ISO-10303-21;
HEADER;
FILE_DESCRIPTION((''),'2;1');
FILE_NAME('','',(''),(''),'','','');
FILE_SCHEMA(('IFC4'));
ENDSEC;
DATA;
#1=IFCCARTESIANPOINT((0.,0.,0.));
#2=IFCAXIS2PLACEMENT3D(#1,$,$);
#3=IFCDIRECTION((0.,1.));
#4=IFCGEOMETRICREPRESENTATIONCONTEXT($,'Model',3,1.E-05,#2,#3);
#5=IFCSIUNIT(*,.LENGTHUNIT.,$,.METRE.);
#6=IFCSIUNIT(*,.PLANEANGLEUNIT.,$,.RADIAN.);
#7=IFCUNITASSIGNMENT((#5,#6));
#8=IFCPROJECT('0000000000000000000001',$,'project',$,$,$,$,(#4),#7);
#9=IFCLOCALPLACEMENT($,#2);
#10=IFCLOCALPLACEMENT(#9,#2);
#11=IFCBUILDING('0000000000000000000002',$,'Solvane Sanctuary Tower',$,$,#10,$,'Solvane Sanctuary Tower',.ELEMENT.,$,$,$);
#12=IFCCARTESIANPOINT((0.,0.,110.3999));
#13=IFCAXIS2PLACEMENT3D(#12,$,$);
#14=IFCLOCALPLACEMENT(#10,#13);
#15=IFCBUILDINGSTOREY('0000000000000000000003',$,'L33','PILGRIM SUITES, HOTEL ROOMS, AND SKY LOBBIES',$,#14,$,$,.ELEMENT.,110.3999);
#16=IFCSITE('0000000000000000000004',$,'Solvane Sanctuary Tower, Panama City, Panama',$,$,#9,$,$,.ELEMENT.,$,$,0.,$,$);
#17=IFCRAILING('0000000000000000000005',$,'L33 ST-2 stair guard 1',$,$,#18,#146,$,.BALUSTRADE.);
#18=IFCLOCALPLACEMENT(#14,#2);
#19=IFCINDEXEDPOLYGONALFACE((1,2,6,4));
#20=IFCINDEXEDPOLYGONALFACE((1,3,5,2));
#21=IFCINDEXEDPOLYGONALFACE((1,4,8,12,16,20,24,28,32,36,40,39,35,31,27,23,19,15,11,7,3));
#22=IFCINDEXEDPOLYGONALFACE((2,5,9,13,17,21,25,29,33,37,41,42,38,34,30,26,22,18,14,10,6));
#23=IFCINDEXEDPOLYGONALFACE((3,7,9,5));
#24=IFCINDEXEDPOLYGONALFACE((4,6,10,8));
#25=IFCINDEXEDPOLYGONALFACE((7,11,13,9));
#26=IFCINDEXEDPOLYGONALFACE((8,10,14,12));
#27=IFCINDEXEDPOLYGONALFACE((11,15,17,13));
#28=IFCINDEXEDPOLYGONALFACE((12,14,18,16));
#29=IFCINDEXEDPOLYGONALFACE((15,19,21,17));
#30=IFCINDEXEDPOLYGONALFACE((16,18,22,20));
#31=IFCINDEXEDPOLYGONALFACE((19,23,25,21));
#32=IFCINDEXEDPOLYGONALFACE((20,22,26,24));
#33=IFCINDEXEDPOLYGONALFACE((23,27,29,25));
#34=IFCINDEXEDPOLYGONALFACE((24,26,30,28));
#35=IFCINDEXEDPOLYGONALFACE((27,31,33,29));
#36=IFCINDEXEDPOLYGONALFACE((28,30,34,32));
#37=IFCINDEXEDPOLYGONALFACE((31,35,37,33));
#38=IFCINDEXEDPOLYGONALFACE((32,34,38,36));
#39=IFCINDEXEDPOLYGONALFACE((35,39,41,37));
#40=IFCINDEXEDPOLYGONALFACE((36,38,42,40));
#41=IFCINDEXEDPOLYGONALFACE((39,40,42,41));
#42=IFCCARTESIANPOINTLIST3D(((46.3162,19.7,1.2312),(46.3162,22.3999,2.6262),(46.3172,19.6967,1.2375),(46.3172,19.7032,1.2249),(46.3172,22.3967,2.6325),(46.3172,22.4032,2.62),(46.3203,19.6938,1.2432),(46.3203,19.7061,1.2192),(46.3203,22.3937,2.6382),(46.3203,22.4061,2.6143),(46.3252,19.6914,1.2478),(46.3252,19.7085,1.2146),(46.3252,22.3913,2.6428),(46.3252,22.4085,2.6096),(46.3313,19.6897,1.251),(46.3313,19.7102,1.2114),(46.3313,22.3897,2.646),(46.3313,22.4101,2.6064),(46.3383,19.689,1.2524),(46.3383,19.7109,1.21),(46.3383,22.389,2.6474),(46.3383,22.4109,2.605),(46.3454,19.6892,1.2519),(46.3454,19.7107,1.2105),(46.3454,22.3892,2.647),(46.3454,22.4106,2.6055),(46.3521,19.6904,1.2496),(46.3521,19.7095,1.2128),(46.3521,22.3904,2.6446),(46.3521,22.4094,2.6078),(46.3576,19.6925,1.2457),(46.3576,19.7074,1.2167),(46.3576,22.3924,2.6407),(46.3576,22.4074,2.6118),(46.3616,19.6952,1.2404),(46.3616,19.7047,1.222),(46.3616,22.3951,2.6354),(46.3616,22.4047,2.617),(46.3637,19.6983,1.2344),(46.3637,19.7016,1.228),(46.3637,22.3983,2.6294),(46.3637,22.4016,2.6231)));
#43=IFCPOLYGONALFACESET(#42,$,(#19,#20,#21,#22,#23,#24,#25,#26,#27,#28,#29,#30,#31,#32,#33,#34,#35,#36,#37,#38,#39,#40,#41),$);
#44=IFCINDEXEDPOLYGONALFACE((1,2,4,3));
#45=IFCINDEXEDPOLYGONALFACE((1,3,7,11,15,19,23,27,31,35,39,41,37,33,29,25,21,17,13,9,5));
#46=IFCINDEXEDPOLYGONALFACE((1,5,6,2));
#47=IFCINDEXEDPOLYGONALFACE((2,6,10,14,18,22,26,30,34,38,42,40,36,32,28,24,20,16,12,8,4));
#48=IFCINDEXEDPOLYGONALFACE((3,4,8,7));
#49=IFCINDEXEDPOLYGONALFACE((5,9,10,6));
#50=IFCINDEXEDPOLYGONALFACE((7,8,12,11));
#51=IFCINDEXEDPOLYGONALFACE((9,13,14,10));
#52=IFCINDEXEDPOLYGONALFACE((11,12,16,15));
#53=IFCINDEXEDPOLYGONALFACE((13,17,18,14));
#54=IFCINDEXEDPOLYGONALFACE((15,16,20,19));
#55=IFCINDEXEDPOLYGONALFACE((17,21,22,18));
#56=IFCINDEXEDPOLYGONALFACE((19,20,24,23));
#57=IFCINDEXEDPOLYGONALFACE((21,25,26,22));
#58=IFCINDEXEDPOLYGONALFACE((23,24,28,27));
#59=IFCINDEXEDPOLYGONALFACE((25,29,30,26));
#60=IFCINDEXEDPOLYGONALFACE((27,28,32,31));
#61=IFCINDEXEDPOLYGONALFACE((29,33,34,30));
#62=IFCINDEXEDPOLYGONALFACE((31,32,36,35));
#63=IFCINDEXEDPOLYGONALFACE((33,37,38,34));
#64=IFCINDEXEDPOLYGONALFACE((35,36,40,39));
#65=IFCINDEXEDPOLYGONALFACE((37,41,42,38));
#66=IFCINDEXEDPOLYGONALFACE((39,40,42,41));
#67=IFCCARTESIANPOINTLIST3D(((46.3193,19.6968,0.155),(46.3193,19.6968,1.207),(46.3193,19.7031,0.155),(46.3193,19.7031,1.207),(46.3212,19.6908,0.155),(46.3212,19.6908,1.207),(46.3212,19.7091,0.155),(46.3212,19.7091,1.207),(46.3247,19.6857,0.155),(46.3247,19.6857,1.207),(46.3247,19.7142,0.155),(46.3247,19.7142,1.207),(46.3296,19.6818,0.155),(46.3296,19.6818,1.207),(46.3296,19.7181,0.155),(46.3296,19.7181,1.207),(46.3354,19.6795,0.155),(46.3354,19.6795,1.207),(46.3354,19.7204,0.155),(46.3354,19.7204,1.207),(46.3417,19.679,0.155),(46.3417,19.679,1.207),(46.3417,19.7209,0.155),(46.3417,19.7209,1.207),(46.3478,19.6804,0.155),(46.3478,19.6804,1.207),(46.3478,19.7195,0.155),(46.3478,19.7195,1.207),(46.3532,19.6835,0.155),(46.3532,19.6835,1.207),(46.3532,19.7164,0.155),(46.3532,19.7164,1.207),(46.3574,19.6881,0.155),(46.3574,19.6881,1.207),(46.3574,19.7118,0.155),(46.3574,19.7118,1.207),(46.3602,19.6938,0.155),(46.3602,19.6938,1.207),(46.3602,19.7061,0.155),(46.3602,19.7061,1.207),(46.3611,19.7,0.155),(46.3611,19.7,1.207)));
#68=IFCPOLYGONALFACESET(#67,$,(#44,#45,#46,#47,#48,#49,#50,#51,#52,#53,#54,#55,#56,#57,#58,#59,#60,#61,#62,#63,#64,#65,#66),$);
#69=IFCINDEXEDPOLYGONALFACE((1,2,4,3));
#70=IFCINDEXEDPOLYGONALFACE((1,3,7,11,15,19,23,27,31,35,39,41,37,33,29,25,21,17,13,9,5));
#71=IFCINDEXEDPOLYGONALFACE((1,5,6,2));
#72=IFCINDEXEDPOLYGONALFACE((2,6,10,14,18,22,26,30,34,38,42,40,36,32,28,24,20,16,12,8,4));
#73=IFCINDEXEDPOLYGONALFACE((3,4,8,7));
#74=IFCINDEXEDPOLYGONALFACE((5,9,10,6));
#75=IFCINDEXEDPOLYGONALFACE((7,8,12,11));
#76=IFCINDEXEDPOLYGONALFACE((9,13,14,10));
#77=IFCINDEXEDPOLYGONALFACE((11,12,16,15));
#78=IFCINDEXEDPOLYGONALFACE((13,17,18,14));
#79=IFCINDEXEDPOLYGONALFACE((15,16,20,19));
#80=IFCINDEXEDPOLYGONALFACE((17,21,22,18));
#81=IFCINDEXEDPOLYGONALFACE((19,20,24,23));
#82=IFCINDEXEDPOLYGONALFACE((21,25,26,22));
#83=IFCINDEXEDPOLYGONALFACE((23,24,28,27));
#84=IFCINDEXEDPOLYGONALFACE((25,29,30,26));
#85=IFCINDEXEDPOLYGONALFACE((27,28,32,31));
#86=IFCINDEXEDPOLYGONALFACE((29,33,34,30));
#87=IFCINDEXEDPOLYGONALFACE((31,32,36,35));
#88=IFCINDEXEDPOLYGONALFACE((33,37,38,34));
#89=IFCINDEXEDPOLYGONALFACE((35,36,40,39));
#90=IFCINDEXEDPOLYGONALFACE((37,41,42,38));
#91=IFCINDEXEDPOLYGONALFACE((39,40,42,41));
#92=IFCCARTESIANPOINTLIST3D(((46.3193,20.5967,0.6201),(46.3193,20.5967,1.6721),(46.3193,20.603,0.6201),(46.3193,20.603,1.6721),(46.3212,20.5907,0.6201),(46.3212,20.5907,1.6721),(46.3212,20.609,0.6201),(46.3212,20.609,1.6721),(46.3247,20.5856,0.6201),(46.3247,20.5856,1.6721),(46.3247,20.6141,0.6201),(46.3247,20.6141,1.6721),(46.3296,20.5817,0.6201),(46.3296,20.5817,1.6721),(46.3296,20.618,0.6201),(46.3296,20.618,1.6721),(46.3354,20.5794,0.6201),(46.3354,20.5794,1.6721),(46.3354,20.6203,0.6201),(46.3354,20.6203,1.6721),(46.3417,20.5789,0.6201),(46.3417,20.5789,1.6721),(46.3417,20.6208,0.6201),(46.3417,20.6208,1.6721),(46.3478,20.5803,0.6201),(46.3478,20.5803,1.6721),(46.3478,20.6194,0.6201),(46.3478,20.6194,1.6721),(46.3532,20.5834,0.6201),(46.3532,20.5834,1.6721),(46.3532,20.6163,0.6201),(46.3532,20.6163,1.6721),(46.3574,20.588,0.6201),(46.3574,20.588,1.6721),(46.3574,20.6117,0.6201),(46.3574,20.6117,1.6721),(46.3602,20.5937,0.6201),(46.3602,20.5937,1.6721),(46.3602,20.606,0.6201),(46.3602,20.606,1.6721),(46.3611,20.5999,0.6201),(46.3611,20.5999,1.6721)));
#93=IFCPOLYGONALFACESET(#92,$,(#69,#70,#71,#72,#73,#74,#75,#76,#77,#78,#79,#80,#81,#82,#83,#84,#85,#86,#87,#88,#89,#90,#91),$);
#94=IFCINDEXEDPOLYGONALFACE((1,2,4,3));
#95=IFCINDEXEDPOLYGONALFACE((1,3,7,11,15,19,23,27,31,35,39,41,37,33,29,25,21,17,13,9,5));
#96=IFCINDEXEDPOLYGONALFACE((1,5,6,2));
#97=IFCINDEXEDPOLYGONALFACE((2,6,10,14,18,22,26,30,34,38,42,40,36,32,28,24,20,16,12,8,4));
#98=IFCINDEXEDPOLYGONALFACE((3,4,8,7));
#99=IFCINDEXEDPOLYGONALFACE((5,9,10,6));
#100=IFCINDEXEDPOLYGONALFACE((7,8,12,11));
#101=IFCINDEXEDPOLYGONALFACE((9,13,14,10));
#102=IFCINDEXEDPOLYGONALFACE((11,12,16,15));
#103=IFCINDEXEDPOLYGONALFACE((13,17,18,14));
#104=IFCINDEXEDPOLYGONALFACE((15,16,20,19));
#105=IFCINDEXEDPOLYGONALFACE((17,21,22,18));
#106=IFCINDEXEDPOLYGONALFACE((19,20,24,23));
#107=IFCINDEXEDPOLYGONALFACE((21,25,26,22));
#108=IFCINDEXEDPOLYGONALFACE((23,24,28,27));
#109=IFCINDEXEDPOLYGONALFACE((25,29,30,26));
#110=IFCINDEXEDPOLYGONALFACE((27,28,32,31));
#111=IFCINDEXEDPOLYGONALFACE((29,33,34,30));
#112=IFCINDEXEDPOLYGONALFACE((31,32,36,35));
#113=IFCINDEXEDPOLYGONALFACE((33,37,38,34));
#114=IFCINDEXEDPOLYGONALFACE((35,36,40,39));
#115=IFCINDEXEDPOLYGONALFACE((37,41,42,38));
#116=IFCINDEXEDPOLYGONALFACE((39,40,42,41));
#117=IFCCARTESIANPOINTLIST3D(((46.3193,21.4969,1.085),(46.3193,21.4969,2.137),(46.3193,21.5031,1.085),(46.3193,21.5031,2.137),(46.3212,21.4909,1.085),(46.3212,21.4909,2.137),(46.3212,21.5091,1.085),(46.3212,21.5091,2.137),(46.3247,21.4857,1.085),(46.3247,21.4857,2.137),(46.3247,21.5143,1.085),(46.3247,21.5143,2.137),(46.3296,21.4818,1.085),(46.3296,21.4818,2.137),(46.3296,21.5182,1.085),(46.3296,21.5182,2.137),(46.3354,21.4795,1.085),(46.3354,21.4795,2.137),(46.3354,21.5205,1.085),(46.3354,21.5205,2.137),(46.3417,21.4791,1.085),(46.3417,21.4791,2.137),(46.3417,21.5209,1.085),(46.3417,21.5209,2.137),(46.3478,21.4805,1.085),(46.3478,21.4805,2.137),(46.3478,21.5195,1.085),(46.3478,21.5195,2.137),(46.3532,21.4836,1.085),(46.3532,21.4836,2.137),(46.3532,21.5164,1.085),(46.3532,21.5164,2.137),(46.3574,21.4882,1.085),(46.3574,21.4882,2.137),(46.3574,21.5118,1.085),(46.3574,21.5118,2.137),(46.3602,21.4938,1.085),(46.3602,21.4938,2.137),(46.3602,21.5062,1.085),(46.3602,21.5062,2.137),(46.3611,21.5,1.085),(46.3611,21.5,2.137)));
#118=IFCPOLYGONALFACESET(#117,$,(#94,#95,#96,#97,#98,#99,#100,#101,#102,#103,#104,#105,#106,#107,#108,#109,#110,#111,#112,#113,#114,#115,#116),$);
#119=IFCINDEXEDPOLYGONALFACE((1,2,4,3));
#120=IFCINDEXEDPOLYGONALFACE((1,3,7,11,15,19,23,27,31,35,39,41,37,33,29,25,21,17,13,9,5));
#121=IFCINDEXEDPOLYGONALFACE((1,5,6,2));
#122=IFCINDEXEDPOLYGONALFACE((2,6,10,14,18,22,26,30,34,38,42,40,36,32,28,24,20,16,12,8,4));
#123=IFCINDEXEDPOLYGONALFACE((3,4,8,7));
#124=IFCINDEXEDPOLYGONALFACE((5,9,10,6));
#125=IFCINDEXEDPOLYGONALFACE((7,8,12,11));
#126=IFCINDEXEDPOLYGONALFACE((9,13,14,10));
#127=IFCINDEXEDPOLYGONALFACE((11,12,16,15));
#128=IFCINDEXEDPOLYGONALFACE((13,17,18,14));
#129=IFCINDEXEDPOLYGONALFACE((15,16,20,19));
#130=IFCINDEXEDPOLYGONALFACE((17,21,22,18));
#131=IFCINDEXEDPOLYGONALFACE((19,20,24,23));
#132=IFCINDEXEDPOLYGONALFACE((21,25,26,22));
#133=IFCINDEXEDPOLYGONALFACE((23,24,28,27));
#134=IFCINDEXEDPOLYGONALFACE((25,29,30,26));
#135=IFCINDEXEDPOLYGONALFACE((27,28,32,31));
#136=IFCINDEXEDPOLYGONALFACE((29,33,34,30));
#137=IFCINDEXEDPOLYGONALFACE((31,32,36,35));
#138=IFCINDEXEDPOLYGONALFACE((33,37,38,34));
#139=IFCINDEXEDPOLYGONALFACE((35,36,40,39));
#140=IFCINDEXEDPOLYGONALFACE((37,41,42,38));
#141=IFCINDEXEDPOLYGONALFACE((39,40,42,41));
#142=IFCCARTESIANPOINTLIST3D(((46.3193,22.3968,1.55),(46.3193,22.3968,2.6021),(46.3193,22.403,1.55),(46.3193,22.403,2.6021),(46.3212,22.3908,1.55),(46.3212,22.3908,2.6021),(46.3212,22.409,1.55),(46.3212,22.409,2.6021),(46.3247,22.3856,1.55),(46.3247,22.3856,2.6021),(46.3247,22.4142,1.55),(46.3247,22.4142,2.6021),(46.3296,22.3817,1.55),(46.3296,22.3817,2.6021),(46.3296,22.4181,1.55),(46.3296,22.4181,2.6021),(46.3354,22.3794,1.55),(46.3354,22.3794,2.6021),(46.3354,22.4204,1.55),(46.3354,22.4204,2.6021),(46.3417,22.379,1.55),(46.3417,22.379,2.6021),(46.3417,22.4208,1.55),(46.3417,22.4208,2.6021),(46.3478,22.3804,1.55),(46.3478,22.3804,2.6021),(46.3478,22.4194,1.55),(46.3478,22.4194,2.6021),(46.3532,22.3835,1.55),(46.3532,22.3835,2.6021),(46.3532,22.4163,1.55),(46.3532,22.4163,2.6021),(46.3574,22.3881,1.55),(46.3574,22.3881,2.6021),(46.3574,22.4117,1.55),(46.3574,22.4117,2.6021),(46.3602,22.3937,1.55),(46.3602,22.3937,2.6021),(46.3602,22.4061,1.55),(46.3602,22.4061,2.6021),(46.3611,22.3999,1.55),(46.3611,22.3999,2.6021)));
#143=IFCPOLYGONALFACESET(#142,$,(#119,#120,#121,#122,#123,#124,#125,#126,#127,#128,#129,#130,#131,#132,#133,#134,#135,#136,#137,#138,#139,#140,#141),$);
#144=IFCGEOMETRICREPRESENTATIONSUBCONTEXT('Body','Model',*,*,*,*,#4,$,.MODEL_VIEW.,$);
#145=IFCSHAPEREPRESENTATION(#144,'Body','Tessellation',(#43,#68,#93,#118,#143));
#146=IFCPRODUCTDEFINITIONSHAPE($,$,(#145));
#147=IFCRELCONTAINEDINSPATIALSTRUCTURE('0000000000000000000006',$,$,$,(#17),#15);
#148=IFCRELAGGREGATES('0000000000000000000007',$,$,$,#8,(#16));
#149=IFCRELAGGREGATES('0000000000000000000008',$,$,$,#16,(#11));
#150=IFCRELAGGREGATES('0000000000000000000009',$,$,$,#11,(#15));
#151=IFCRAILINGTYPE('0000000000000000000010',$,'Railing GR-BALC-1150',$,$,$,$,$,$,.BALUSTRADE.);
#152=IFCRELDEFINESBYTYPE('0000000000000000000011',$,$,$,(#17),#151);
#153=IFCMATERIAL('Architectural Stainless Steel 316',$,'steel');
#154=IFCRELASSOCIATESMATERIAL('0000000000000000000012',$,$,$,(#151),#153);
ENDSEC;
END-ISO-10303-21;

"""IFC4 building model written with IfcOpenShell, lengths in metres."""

from ifc_helpers import new_model, si_unit, direction, frame, origin, origin_2d, place, context, subcontext, project, spatial, circle, extrude, material, type_object, element, save


model = new_model("IFC4")

# Units and contexts
model_context = context("Model", 3, precision=1e-05, world=origin(), true_north=direction((0.0, 1.0)))
body_context = subcontext(model_context, "Body", "Model", "MODEL_VIEW")
ifc_project = project(units=[si_unit("LENGTHUNIT", "METRE"), si_unit("PLANEANGLEUNIT", "RADIAN")], contexts=[model_context])

# Site, building, storey
site_placement = place(None, origin())
site = spatial("IfcSite", under=ifc_project, at=site_placement, Name="Solvane Sanctuary Tower, Panama City, Panama", CompositionType="ELEMENT", RefElevation=0.0)
building_placement = place(site_placement, origin())
building = spatial("IfcBuilding", under=site, at=building_placement, Name="Solvane Sanctuary Tower", LongName="Solvane Sanctuary Tower", CompositionType="ELEMENT")
storey_placement = place(building_placement, frame((0.0, 0.0, 110.3999)))
storey = spatial("IfcBuildingStorey", under=building, at=storey_placement, Name="L33", Description="PILGRIM SUITES, HOTEL ROOMS, AND SKY LOBBIES", CompositionType="ELEMENT", Elevation=110.3999)

# Shared definitions
ifc_material_1 = material(Name="Architectural Stainless Steel 316", Category="steel")

# Railing
railing_type_1 = type_object("IfcRailingType", Name="Railing GR-BALC-1150", PredefinedType="BALUSTRADE", material=ifc_material_1)
railing_1_placement = place(storey_placement, frame((46.3401, 19.7, 0.155)))
element("IfcRailing", 1, at=railing_1_placement, inside=storey, type_object=railing_type_1, Name="L33 ST-2 stair guard 1", PredefinedType="BALUSTRADE", context=body_context, shape_type="SweptSolid", body=[
    extrude(circle(Radius=0.0239, at=origin_2d()), frame((0.0, 0.0, 1.0762), z_axis=(0.0, 0.88842, 0.459032), x_axis=(-1.0, 0.0, 0.0)), (0.0, 0.0, 1.0), 3.0391),
    extrude(circle(Radius=0.021, at=origin_2d()), origin(), (0.0, 0.0, 1.0), 1.052),
    extrude(circle(Radius=0.021, at=origin_2d()), frame((0.0, 0.8999, 0.4651)), (0.0, 0.0, 1.0), 1.052),
    extrude(circle(Radius=0.021, at=origin_2d()), frame((0.0, 1.8, 0.9299)), (0.0, 0.0, 1.0), 1.052),
    extrude(circle(Radius=0.021, at=origin_2d()), frame((0.0, 2.7, 1.395)), (0.0, 0.0, 1.0), 1.052),
])

save(model, "model.ifc")
